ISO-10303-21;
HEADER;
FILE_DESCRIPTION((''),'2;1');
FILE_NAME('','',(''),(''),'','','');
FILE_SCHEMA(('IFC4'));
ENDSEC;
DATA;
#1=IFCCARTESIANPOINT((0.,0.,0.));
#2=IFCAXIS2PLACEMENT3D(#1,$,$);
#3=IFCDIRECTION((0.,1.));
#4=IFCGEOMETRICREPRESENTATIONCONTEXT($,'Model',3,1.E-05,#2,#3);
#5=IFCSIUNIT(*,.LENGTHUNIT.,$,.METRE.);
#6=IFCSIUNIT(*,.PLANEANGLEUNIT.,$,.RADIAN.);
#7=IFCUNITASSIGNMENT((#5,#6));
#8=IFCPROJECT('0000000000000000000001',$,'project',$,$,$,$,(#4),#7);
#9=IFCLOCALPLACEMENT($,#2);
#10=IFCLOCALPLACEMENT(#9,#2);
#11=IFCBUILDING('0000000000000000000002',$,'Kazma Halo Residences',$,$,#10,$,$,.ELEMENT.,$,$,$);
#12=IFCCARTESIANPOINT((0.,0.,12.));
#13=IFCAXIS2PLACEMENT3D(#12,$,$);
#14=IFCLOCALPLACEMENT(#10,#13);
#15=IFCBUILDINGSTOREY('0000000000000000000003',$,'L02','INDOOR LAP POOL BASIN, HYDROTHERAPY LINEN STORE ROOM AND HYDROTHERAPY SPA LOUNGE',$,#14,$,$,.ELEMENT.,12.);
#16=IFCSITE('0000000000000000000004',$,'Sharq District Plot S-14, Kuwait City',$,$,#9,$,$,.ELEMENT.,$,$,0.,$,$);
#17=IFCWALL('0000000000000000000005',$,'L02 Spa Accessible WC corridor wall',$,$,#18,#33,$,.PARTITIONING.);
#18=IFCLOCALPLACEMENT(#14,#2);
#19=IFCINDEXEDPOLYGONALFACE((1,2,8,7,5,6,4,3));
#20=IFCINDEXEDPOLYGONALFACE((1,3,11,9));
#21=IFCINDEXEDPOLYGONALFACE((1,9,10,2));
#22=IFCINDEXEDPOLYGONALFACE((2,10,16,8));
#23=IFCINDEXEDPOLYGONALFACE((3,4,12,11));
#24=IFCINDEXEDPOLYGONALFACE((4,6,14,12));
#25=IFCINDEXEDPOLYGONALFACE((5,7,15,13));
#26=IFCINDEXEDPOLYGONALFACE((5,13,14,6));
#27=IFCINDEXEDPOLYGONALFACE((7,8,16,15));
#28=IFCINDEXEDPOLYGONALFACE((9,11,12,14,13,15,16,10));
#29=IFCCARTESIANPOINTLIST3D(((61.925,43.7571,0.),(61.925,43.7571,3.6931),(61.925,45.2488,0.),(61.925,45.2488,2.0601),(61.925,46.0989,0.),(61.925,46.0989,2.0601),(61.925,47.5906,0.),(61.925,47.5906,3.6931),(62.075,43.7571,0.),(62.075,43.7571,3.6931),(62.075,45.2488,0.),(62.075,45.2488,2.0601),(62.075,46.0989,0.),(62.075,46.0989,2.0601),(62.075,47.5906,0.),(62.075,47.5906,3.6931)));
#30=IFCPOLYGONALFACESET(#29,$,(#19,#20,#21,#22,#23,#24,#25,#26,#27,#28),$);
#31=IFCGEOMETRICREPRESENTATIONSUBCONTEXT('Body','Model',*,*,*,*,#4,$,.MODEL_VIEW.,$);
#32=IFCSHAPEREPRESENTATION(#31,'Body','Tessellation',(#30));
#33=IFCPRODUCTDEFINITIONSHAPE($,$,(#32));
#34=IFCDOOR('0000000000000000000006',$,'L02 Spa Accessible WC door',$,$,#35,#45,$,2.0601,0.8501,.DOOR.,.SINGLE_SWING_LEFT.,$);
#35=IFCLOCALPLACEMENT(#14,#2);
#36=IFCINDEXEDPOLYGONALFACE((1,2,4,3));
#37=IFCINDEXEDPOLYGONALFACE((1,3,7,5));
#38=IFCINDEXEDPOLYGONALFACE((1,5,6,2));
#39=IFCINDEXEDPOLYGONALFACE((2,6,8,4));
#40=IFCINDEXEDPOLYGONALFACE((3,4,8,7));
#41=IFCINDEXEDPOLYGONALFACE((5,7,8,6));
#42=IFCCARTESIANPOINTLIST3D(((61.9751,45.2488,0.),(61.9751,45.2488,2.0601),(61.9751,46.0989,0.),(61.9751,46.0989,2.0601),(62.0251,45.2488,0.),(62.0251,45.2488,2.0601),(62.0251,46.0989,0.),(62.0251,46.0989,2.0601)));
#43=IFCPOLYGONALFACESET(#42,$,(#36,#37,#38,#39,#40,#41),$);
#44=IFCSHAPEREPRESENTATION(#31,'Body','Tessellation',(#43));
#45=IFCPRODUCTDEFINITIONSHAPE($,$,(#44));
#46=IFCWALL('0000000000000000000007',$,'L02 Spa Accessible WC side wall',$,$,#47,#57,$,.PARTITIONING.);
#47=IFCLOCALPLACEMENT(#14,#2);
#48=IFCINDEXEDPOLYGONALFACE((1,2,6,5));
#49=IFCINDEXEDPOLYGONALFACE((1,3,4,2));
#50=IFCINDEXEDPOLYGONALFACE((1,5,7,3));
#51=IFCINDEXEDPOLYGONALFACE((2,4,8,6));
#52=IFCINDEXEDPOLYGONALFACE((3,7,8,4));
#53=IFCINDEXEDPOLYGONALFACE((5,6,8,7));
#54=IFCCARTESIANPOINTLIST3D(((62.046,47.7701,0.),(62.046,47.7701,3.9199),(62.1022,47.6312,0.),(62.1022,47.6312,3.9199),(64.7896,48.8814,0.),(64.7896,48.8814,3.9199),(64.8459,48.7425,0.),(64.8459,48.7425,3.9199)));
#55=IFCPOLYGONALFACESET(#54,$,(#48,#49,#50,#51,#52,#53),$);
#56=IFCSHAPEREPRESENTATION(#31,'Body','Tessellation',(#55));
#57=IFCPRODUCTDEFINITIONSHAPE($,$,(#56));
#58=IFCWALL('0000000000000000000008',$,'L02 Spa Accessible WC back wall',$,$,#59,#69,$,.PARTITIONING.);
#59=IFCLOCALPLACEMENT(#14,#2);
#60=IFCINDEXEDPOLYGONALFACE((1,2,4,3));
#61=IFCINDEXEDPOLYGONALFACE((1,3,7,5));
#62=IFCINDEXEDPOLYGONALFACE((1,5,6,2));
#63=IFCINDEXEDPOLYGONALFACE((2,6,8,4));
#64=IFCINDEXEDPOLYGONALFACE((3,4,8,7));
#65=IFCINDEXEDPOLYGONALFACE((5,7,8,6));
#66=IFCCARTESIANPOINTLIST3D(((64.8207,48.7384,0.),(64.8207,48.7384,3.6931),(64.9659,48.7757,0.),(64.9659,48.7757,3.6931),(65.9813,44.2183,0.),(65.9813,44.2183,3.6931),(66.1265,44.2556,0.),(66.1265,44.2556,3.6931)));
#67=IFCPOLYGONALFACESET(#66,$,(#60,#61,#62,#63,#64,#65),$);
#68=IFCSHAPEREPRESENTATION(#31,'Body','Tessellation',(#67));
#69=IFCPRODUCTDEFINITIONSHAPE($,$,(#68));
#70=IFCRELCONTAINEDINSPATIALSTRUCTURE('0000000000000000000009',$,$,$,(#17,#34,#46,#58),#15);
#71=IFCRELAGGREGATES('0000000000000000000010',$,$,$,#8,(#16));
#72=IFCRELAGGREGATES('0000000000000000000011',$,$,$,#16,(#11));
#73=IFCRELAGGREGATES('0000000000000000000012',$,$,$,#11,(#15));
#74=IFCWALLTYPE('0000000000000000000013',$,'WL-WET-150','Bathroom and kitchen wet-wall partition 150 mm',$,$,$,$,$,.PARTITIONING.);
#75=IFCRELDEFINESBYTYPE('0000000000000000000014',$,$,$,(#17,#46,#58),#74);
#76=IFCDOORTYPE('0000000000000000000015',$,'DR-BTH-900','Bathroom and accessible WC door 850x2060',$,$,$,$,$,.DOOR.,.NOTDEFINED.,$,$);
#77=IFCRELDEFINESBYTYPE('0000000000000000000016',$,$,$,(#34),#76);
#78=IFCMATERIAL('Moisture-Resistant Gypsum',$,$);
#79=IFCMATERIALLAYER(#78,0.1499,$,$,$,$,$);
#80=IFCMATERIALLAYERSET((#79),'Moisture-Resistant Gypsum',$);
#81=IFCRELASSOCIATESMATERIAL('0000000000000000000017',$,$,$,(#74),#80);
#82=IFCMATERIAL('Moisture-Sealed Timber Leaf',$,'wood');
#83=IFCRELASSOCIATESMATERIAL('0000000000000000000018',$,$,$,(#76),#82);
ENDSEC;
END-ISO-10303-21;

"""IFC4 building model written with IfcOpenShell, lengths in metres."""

from ifc_helpers import new_model, si_unit, direction, frame, frame_2d, origin, place, context, subcontext, project, spatial, rectangle, extrude, material, layer, layer_set, type_object, element, fill, save


model = new_model("IFC4")

# Units and contexts
model_context = context("Model", 3, precision=1e-05, world=origin(), true_north=direction((0.0, 1.0)))
body_context = subcontext(model_context, "Body", "Model", "MODEL_VIEW")
ifc_project = project(units=[si_unit("LENGTHUNIT", "METRE"), si_unit("PLANEANGLEUNIT", "RADIAN")], contexts=[model_context])

# Site, building, storey
site_placement = place(None, origin())
site = spatial("IfcSite", under=ifc_project, at=site_placement, Name="Sharq District Plot S-14, Kuwait City", CompositionType="ELEMENT", RefElevation=0.0)
building_placement = place(site_placement, origin())
building = spatial("IfcBuilding", under=site, at=building_placement, Name="Kazma Halo Residences", CompositionType="ELEMENT")
storey_placement = place(building_placement, frame((0.0, 0.0, 12.0)))
storey = spatial("IfcBuildingStorey", under=building, at=storey_placement, Name="L02", Description="INDOOR LAP POOL BASIN, HYDROTHERAPY LINEN STORE ROOM AND HYDROTHERAPY SPA LOUNGE", CompositionType="ELEMENT", Elevation=12.0)

# Shared definitions
ifc_material_1 = material(Name="Moisture-Resistant Gypsum")
ifc_layer_1 = layer(ifc_material_1, 0.1499)
ifc_layer_set_1 = layer_set([ifc_layer_1], Name="Moisture-Resistant Gypsum")
wall_type_1 = type_object("IfcWallType", Name="WL-WET-150", Description="Bathroom and kitchen wet-wall partition 150 mm", PredefinedType="PARTITIONING", material=ifc_layer_set_1)

# Wall, opening, door
wall_1_placement = place(storey_placement, frame((62.0, 43.7571, 0.0), z_axis=(0.0, 0.0, 1.0), x_axis=(0.0, 1.0, 0.0)))
wall_1 = element("IfcWall", 1, at=wall_1_placement, inside=storey, type_object=wall_type_1, Name="L02 Spa Accessible WC corridor wall", PredefinedType="PARTITIONING", context=body_context, shape_type="SweptSolid", body=[
    extrude(rectangle(XDim=3.8335, YDim=0.1499, at=frame_2d((1.9167, 0.0))), origin(), (0.0, 0.0, 1.0), 3.6931),
])
opening_1_placement = place(wall_1_placement, frame((1.4917, 0.0, 0.0)))
opening_1 = element("IfcOpeningElement", 2, at=opening_1_placement, cuts=wall_1, PredefinedType="OPENING", context=body_context, shape_type="SweptSolid", body=[
    extrude(rectangle(XDim=0.8501, YDim=2.0601, at=frame_2d((0.425, 1.03))), frame((0.0, 0.085, 0.0), z_axis=(0.0, -1.0, 0.0), x_axis=(1.0, 0.0, 0.0)), (0.0, 0.0, 1.0), 0.1699),
])
ifc_material_2 = material(Name="Moisture-Sealed Timber Leaf", Category="wood")
door_type_1 = type_object("IfcDoorType", Name="DR-BTH-900", Description="Bathroom and accessible WC door 850x2060", OperationType="NOTDEFINED", PredefinedType="DOOR", material=ifc_material_2)
door_1_placement = place(opening_1_placement, origin())
door_1 = element("IfcDoor", 3, at=door_1_placement, inside=storey, type_object=door_type_1, Name="L02 Spa Accessible WC door", OperationType="SINGLE_SWING_LEFT", OverallHeight=2.0601, OverallWidth=0.8501, PredefinedType="DOOR", context=body_context, shape_type="SweptSolid", body=[
    extrude(rectangle(XDim=0.8501, YDim=2.0601, at=frame_2d((0.425, 1.03))), frame((0.0, 0.0249, 0.0), z_axis=(0.0, -1.0, 0.0), x_axis=(1.0, 0.0, 0.0)), (0.0, 0.0, 1.0), 0.05),
])
fill(opening_1, door_1)

# Walls
wall_2_placement = place(storey_placement, frame((62.0742, 47.7007, 0.0), z_axis=(0.0, 0.0, 1.0), x_axis=(0.926853, 0.375426, 0.0)))
element("IfcWall", 4, at=wall_2_placement, inside=storey, type_object=wall_type_1, Name="L02 Spa Accessible WC side wall", PredefinedType="PARTITIONING", context=body_context, shape_type="SweptSolid", body=[
    extrude(rectangle(XDim=2.9602, YDim=0.1499, at=frame_2d((1.48, 0.0))), origin(), (0.0, 0.0, 1.0), 3.9199),
])
wall_3_placement = place(storey_placement, frame((66.054, 44.2368, 0.0), z_axis=(0.0, 0.0, 1.0), x_axis=(-0.24871, 0.968578, 0.0)))
element("IfcWall", 5, at=wall_3_placement, inside=storey, type_object=wall_type_1, Name="L02 Spa Accessible WC back wall", PredefinedType="PARTITIONING", context=body_context, shape_type="SweptSolid", body=[
    extrude(rectangle(XDim=4.6667, YDim=0.1499, at=frame_2d((2.3335, 0.0))), origin(), (0.0, 0.0, 1.0), 3.6931),
])

save(model, "model.ifc")
